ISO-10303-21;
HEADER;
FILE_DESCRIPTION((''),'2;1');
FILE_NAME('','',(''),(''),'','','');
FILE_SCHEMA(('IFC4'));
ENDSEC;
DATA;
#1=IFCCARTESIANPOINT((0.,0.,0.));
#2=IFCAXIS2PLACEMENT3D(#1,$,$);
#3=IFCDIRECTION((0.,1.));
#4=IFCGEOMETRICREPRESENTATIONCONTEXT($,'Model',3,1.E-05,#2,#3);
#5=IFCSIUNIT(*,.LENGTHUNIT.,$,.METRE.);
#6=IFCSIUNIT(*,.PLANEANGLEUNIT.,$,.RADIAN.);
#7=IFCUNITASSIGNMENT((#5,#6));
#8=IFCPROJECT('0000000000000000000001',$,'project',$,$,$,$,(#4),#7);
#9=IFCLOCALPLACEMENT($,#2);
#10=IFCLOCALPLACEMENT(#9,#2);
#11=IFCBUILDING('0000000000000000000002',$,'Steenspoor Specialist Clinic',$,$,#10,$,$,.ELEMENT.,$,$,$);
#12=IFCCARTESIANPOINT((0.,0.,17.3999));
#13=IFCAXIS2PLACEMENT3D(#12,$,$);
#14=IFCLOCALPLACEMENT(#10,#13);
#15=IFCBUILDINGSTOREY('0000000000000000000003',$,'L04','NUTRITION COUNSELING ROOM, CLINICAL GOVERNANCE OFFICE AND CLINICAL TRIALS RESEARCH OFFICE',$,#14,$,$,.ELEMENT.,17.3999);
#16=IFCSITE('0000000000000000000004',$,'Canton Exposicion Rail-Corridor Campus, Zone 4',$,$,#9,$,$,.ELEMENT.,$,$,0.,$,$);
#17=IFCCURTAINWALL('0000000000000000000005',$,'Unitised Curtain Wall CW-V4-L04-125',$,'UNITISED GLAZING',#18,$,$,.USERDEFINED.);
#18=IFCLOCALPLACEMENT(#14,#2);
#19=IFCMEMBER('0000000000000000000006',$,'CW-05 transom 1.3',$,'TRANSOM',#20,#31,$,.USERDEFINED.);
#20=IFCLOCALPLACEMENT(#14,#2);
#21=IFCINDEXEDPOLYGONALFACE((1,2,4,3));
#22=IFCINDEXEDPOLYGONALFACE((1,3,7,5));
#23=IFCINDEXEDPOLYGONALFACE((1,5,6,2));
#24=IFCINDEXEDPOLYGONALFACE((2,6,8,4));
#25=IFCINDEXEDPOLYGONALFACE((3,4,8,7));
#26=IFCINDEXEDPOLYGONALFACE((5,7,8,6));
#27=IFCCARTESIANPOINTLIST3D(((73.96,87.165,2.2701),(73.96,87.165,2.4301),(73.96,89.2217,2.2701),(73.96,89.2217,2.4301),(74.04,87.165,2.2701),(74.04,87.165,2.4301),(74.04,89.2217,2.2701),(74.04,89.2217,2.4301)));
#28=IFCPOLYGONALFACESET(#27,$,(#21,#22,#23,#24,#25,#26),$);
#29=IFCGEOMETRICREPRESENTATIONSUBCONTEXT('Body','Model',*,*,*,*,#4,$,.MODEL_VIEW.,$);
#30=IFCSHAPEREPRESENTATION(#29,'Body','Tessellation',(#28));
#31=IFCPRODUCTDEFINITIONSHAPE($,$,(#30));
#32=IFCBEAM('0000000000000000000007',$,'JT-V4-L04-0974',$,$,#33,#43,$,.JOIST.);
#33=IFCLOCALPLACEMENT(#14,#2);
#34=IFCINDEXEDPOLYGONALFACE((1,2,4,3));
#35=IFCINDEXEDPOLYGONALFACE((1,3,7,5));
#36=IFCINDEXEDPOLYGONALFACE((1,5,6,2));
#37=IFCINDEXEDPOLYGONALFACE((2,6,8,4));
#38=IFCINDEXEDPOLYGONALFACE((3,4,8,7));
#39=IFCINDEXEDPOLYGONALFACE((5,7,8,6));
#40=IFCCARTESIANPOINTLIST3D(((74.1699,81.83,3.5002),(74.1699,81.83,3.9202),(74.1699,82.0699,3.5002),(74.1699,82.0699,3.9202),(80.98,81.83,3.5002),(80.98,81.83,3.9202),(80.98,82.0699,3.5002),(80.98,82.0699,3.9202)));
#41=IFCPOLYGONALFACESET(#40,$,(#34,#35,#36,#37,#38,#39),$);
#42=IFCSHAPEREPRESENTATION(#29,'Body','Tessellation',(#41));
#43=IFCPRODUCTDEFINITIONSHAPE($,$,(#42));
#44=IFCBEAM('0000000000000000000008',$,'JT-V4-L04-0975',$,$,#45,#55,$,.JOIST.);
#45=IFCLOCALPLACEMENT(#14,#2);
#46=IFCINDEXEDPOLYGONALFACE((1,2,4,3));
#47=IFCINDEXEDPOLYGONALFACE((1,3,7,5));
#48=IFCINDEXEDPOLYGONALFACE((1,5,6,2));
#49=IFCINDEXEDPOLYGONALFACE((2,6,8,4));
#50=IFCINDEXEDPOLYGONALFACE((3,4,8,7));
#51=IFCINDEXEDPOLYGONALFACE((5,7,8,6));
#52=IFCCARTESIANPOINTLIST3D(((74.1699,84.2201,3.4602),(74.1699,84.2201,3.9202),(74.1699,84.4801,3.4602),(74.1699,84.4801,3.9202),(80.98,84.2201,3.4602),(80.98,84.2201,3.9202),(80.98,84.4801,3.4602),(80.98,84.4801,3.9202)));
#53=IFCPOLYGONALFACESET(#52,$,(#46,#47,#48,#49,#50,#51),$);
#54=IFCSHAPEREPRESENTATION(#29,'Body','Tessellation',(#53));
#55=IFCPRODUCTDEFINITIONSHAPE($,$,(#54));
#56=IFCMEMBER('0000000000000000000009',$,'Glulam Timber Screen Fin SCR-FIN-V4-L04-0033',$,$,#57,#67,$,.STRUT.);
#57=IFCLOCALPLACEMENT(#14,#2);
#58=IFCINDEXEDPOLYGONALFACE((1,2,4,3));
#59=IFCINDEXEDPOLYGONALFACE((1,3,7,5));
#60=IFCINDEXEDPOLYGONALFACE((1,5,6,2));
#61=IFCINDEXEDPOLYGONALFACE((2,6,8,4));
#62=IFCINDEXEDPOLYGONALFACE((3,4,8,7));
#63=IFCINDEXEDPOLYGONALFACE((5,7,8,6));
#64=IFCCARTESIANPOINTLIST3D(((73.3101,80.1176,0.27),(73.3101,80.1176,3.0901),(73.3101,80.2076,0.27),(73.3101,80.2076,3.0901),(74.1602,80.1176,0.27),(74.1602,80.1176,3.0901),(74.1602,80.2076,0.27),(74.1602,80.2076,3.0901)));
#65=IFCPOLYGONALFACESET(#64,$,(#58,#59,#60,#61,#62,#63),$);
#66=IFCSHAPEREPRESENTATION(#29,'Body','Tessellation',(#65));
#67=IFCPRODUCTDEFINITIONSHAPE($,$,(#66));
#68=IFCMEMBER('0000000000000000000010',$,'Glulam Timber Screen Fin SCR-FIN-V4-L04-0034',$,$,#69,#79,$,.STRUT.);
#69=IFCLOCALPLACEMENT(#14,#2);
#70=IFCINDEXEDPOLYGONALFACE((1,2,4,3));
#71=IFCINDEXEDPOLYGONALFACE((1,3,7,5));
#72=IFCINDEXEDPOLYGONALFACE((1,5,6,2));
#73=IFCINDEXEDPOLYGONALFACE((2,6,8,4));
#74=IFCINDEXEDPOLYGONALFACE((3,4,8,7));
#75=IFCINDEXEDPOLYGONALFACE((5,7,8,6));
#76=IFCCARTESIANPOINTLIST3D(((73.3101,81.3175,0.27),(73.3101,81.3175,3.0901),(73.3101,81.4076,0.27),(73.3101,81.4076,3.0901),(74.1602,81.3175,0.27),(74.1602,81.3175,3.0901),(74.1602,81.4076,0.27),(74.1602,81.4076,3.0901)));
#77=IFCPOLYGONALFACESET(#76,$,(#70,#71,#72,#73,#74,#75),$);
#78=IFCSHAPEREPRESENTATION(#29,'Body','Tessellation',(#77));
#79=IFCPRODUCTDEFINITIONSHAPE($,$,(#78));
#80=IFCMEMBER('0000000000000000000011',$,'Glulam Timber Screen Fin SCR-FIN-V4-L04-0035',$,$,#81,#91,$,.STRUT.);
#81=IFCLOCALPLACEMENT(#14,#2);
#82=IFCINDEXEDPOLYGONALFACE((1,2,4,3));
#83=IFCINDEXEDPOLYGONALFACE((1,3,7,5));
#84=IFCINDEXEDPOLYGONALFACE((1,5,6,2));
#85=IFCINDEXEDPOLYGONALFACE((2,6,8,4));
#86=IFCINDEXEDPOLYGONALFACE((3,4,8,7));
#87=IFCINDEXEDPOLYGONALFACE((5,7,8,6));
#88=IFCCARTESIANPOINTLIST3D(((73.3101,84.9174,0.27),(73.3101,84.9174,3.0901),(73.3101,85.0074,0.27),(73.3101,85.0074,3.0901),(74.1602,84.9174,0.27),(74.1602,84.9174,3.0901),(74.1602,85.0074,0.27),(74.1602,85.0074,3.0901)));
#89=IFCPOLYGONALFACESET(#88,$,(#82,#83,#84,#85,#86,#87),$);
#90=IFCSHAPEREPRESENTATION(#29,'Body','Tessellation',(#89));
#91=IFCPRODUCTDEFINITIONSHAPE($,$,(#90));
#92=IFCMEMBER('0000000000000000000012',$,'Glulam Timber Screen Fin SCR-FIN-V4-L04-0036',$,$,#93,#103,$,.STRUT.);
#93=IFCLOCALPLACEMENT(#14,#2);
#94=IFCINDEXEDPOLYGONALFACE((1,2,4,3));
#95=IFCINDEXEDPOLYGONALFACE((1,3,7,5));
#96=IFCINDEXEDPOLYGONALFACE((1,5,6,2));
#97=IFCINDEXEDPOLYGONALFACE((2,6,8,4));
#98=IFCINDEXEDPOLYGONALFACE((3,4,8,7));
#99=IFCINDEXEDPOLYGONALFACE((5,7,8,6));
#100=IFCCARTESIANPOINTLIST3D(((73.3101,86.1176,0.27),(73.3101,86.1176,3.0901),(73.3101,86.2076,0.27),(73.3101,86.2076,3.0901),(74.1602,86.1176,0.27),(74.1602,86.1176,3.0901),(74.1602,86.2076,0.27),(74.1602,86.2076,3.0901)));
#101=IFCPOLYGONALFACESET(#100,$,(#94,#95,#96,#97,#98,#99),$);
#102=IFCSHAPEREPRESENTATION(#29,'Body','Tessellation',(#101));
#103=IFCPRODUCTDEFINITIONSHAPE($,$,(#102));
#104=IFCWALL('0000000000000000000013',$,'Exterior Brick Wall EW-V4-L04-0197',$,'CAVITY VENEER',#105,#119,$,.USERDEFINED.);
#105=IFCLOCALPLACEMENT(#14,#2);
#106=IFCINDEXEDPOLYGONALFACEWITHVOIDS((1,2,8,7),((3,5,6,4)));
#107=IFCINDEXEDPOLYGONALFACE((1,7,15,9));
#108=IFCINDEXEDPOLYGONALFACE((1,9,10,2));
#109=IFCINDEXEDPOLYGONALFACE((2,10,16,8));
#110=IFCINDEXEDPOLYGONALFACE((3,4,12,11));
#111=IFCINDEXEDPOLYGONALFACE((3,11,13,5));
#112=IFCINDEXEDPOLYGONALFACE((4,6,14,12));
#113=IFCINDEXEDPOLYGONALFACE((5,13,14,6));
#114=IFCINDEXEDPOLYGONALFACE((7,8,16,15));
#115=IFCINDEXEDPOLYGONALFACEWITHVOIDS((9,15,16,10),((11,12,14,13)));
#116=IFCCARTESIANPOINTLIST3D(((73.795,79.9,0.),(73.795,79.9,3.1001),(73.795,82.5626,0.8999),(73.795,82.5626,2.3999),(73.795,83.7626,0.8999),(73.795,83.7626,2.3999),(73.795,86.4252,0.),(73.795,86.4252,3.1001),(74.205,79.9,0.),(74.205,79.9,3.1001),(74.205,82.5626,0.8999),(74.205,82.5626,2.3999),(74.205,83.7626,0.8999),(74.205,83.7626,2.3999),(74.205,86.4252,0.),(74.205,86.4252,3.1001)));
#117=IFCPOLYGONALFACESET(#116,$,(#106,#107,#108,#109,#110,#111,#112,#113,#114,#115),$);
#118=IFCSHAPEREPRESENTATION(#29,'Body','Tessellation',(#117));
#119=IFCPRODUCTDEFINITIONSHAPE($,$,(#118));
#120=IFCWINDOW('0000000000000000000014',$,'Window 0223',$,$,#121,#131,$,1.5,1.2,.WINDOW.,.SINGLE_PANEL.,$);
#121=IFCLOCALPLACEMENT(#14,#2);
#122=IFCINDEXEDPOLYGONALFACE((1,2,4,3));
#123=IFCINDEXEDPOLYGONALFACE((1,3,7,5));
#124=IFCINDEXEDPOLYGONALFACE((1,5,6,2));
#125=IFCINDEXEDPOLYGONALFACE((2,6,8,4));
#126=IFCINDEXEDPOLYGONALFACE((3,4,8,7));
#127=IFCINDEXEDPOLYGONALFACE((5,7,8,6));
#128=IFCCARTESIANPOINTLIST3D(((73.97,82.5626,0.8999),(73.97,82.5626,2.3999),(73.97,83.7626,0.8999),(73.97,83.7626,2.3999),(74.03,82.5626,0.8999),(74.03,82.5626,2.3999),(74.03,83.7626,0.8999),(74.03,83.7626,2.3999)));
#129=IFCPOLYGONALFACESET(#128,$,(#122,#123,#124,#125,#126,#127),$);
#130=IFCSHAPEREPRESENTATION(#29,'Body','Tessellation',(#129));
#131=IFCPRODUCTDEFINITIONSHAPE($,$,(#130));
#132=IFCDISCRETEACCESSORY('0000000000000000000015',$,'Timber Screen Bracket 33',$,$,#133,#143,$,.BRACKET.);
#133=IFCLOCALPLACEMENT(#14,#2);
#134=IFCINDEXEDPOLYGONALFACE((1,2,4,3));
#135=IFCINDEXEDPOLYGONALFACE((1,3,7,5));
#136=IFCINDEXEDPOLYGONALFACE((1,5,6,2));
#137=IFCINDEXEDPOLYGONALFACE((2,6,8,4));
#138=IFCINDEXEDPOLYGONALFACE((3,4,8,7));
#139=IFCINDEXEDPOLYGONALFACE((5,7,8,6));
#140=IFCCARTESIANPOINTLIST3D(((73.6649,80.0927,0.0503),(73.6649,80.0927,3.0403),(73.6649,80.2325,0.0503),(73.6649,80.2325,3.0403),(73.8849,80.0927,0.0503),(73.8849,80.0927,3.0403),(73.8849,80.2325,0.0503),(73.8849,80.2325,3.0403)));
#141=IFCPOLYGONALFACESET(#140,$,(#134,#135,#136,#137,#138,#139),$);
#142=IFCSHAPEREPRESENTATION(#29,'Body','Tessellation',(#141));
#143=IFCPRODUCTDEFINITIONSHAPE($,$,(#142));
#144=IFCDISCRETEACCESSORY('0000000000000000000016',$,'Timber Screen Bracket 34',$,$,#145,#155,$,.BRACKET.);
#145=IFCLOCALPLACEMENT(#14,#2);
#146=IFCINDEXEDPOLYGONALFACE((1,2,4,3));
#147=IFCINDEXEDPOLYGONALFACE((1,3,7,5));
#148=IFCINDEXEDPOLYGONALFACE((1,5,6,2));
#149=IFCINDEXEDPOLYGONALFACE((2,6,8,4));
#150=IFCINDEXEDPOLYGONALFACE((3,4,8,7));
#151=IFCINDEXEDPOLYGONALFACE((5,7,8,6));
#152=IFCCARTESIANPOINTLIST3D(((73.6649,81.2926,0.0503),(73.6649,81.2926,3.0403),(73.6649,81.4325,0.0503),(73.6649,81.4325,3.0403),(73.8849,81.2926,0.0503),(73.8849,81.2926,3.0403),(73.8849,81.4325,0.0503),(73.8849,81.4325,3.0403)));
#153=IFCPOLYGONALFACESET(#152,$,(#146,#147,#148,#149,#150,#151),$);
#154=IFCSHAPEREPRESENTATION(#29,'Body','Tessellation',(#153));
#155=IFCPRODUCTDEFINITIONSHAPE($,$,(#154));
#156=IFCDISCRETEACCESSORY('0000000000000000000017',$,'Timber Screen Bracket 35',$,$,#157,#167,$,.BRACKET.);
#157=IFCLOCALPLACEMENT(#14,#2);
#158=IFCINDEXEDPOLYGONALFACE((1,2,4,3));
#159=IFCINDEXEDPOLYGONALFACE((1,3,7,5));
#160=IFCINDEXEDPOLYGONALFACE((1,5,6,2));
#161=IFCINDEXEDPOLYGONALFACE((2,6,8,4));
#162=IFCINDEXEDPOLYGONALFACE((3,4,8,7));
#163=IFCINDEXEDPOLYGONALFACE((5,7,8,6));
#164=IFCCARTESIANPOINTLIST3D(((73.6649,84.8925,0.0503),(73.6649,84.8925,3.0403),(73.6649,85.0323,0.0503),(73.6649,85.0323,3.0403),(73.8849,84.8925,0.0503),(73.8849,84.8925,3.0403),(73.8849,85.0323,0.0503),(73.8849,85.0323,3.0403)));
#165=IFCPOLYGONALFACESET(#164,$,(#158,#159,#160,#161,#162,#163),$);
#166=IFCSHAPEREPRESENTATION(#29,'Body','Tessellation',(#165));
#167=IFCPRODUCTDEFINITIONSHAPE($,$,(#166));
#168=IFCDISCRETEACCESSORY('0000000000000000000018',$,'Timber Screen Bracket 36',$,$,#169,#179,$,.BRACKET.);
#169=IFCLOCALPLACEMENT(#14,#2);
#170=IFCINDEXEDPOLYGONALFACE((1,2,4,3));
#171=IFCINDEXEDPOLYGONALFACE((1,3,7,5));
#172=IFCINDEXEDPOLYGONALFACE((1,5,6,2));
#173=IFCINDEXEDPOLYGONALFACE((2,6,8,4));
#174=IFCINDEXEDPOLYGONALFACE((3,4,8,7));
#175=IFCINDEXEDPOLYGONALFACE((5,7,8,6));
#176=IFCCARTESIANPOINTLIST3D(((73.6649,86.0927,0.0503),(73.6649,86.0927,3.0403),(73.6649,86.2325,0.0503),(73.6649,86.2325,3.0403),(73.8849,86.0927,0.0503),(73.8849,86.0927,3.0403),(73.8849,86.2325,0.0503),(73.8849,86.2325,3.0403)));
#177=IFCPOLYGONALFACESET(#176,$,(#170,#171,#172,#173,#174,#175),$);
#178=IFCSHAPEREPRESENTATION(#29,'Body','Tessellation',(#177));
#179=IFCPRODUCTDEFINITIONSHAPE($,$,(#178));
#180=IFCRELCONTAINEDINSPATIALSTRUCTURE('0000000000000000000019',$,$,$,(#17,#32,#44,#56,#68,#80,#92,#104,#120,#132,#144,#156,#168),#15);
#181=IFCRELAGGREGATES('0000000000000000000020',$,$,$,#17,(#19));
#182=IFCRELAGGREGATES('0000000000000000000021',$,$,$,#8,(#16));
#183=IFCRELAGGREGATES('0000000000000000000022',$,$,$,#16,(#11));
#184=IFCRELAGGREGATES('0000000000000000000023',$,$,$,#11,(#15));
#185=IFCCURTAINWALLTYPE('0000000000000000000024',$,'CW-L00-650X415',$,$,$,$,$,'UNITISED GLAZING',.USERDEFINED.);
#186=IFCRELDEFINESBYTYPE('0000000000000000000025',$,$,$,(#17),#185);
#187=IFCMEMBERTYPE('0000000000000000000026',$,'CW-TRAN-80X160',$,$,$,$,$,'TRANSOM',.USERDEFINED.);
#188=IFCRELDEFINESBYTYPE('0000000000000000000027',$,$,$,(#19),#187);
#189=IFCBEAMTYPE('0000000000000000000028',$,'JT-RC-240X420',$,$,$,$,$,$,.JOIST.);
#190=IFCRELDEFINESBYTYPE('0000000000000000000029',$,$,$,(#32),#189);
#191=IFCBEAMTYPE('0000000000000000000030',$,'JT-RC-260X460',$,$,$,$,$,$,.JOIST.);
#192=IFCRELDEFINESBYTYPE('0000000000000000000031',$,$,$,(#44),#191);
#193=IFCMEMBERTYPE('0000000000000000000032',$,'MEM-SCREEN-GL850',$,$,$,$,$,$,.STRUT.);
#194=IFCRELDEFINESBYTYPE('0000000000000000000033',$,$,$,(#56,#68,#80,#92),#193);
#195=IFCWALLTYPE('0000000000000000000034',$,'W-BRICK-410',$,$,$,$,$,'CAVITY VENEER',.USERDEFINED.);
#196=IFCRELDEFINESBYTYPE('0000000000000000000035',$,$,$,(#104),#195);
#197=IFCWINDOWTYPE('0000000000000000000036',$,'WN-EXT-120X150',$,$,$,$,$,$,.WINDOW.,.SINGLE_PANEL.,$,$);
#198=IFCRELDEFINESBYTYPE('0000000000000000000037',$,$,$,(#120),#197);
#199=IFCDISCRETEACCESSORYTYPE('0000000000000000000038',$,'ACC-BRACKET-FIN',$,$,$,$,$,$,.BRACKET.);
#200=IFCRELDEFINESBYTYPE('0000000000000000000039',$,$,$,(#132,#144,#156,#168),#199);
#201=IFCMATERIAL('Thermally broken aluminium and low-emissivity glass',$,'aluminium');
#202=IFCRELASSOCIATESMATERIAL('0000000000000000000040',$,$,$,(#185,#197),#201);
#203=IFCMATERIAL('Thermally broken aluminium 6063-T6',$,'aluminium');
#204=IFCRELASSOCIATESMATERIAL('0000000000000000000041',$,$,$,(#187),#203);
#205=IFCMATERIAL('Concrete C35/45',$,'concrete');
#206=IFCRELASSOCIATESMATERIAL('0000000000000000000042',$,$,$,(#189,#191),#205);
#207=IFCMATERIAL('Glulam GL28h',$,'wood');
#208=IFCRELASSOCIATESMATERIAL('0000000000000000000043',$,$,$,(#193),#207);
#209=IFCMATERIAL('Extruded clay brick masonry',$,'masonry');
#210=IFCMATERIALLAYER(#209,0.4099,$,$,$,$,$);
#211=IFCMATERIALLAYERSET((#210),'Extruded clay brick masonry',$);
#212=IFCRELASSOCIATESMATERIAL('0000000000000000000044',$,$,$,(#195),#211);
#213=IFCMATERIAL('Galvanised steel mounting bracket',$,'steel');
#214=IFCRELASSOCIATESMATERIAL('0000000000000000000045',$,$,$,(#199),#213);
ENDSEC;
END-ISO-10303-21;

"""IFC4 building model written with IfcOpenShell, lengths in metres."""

from ifc_helpers import new_model, si_unit, direction, frame, frame_2d, origin, origin_2d, place, context, subcontext, project, spatial, rectangle, extrude, material, layer, layer_set, material_profile, profile_set, type_object, element, fill, aggregate, save


model = new_model("IFC4")

# Units and contexts
model_context = context("Model", 3, precision=1e-05, world=origin(), true_north=direction((0.0, 1.0)))
body_context = subcontext(model_context, "Body", "Model", "MODEL_VIEW")
ifc_project = project(units=[si_unit("LENGTHUNIT", "METRE"), si_unit("PLANEANGLEUNIT", "RADIAN")], contexts=[model_context])

# Site, building, storey
site_placement = place(None, origin())
site = spatial("IfcSite", under=ifc_project, at=site_placement, Name="Canton Exposicion Rail-Corridor Campus, Zone 4", CompositionType="ELEMENT", RefElevation=0.0)
building_placement = place(site_placement, origin())
building = spatial("IfcBuilding", under=site, at=building_placement, Name="Steenspoor Specialist Clinic", CompositionType="ELEMENT")
storey_placement = place(building_placement, frame((0.0, 0.0, 17.3999)))
storey = spatial("IfcBuildingStorey", under=building, at=storey_placement, Name="L04", Description="NUTRITION COUNSELING ROOM, CLINICAL GOVERNANCE OFFICE AND CLINICAL TRIALS RESEARCH OFFICE", CompositionType="ELEMENT", Elevation=17.3999)

# Shared definitions
ifc_material_1 = material(Name="Glulam GL28h", Category="wood")
ifc_material_2 = material(Name="Concrete C35/45", Category="concrete")

# Shared definitions
ifc_material_3 = material(Name="Thermally broken aluminium and low-emissivity glass", Category="aluminium")
ifc_material_4 = material(Name="Thermally broken aluminium 6063-T6", Category="aluminium")

# Curtain wall, member
curtain_wall_type_1 = type_object("IfcCurtainWallType", Name="CW-L00-650X415", ElementType="UNITISED GLAZING", PredefinedType="USERDEFINED", material=ifc_material_3)
curtain_wall_1_placement = place(storey_placement, origin())
curtain_wall_1 = element("IfcCurtainWall", 1, at=curtain_wall_1_placement, inside=storey, type_object=curtain_wall_type_1, Name="Unitised Curtain Wall CW-V4-L04-125", ObjectType="UNITISED GLAZING", PredefinedType="USERDEFINED")
ifc_material_profile_1 = material_profile(ifc_material_4, rectangle(XDim=0.0801, YDim=0.1599, at=origin_2d()), Name="CWT-80X160")
ifc_profile_set_1 = profile_set([ifc_material_profile_1], Name="Thermally broken aluminium 6063-T6")
member_type_1 = type_object("IfcMemberType", Name="CW-TRAN-80X160", ElementType="TRANSOM", PredefinedType="USERDEFINED", material=ifc_profile_set_1)
member_1_placement = place(storey_placement, frame((74.0, 87.165, 2.3501), z_axis=(0.0, 1.0, 0.0), x_axis=(-1.0, 0.0, 0.0)))
member_1 = element("IfcMember", 2, at=member_1_placement, type_object=member_type_1, Name="CW-05 transom 1.3", ObjectType="TRANSOM", PredefinedType="USERDEFINED", context=body_context, shape_type="SweptSolid", body=[
    extrude(rectangle(XDim=0.0801, YDim=0.1599, at=origin_2d()), origin(), (0.0, 0.0, 1.0), 2.0566),
])
aggregate(curtain_wall_1, [member_1])

# Beams
ifc_material_profile_2 = material_profile(ifc_material_2, rectangle(XDim=0.24, YDim=0.4199, at=origin_2d()), Name="RC-JT-240X420")
ifc_profile_set_2 = profile_set([ifc_material_profile_2], Name="Concrete C35/45")
beam_type_1 = type_object("IfcBeamType", Name="JT-RC-240X420", PredefinedType="JOIST", material=ifc_profile_set_2)
beam_1_placement = place(storey_placement, frame((74.1699, 81.95, 3.7102), z_axis=(1.0, 0.0, 0.0), x_axis=(0.0, 1.0, 0.0)))
element("IfcBeam", 3, at=beam_1_placement, inside=storey, type_object=beam_type_1, Name="JT-V4-L04-0974", PredefinedType="JOIST", context=body_context, shape_type="SweptSolid", body=[
    extrude(rectangle(XDim=0.24, YDim=0.4199, at=origin_2d()), origin(), (0.0, 0.0, 1.0), 6.8101),
])
ifc_material_profile_3 = material_profile(ifc_material_2, rectangle(XDim=0.26, YDim=0.46, at=origin_2d()), Name="RC-JT-260X460")
ifc_profile_set_3 = profile_set([ifc_material_profile_3], Name="Concrete C35/45")
beam_type_2 = type_object("IfcBeamType", Name="JT-RC-260X460", PredefinedType="JOIST", material=ifc_profile_set_3)
beam_2_placement = place(storey_placement, frame((74.1699, 84.3501, 3.6902), z_axis=(1.0, 0.0, 0.0), x_axis=(0.0, 1.0, 0.0)))
element("IfcBeam", 4, at=beam_2_placement, inside=storey, type_object=beam_type_2, Name="JT-V4-L04-0975", PredefinedType="JOIST", context=body_context, shape_type="SweptSolid", body=[
    extrude(rectangle(XDim=0.26, YDim=0.46, at=origin_2d()), origin(), (0.0, 0.0, 1.0), 6.8101),
])

# Members
ifc_material_profile_4 = material_profile(ifc_material_1, rectangle(XDim=0.0901, YDim=0.8501, at=origin_2d()), Name="GL28H-90X850")
ifc_profile_set_4 = profile_set([ifc_material_profile_4], Name="Glulam GL28h")
member_type_2 = type_object("IfcMemberType", Name="MEM-SCREEN-GL850", PredefinedType="STRUT", material=ifc_profile_set_4)
for number, where, z_axis, x_axis, name in (
    (5, (73.7351, 80.1626, 0.27), (0.0, 0.0, 1.0), (0.0, 1.0, 0.0), "Glulam Timber Screen Fin SCR-FIN-V4-L04-0033"),
    (6, (73.7351, 81.3625, 0.27), (0.0, 0.0, 1.0), (0.0, 1.0, 0.0), "Glulam Timber Screen Fin SCR-FIN-V4-L04-0034"),
    (7, (73.7351, 84.9624, 0.27), (0.0, 0.0, 1.0), (0.0, 1.0, 0.0), "Glulam Timber Screen Fin SCR-FIN-V4-L04-0035"),
    (8, (73.7351, 86.1626, 0.27), (0.0, 0.0, 1.0), (0.0, 1.0, 0.0), "Glulam Timber Screen Fin SCR-FIN-V4-L04-0036"),
):
    element("IfcMember", number, at=place(storey_placement, frame(where, z_axis=z_axis, x_axis=x_axis)), inside=storey, type_object=member_type_2, Name=name, PredefinedType="STRUT", context=body_context, shape_type="SweptSolid", body=[
        extrude(rectangle(XDim=0.0901, YDim=0.8501, at=origin_2d()), origin(), (0.0, 0.0, 1.0), 2.8201),
    ])

# Wall, opening, window
ifc_material_5 = material(Name="Extruded clay brick masonry", Category="masonry")
ifc_layer = layer(ifc_material_5, 0.4099)
ifc_layer_set = layer_set([ifc_layer], Name="Extruded clay brick masonry")
wall_type = type_object("IfcWallType", Name="W-BRICK-410", ElementType="CAVITY VENEER", PredefinedType="USERDEFINED", material=ifc_layer_set)
wall_placement = place(storey_placement, frame((74.0, 79.8999, 0.0), z_axis=(0.0, 0.0, 1.0), x_axis=(0.0, 1.0, 0.0)))
wall = element("IfcWall", 9, at=wall_placement, inside=storey, type_object=wall_type, Name="Exterior Brick Wall EW-V4-L04-0197", ObjectType="CAVITY VENEER", PredefinedType="USERDEFINED", context=body_context, shape_type="SweptSolid", body=[
    extrude(rectangle(XDim=6.5251, YDim=0.4099, at=frame_2d((3.2627, 0.0))), origin(), (0.0, 0.0, 1.0), 3.1001),
])
opening_placement = place(wall_placement, frame((2.6626, 0.0, 0.8999)))
opening = element("IfcOpeningElement", 10, at=opening_placement, cuts=wall, PredefinedType="OPENING", context=body_context, shape_type="SweptSolid", body=[
    extrude(rectangle(XDim=1.2, YDim=1.5, at=frame_2d((0.6001, 0.75))), frame((0.0, 0.2148, 0.0), z_axis=(0.0, -1.0, 0.0), x_axis=(1.0, 0.0, 0.0)), (0.0, 0.0, 1.0), 0.4299),
])
window_type = type_object("IfcWindowType", Name="WN-EXT-120X150", PartitioningType="SINGLE_PANEL", PredefinedType="WINDOW", material=ifc_material_3)
window_placement = place(opening_placement, origin())
window = element("IfcWindow", 11, at=window_placement, inside=storey, type_object=window_type, Name="Window 0223", OverallHeight=1.5, OverallWidth=1.2, PartitioningType="SINGLE_PANEL", PredefinedType="WINDOW", context=body_context, shape_type="SweptSolid", body=[
    extrude(rectangle(XDim=1.2, YDim=1.5, at=frame_2d((0.6001, 0.75))), frame((0.0, 0.03, 0.0), z_axis=(0.0, -1.0, 0.0), x_axis=(1.0, 0.0, 0.0)), (0.0, 0.0, 1.0), 0.0601),
])
fill(opening, window)

# Discrete accessories
ifc_material_6 = material(Name="Galvanised steel mounting bracket", Category="steel")
discrete_accessory_type = type_object("IfcDiscreteAccessoryType", Name="ACC-BRACKET-FIN", PredefinedType="BRACKET", material=ifc_material_6)
for number, where, z_axis, x_axis, name in (
    (12, (73.7749, 80.1626, 0.0503), (0.0, 0.0, 1.0), (-1.0, 0.0, 0.0), "Timber Screen Bracket 33"),
    (13, (73.7749, 81.3625, 0.0503), (0.0, 0.0, 1.0), (-1.0, 0.0, 0.0), "Timber Screen Bracket 34"),
    (14, (73.7749, 84.9624, 0.0503), (0.0, 0.0, 1.0), (-1.0, 0.0, 0.0), "Timber Screen Bracket 35"),
    (15, (73.7749, 86.1626, 0.0503), (0.0, 0.0, 1.0), (-1.0, 0.0, 0.0), "Timber Screen Bracket 36"),
):
    element("IfcDiscreteAccessory", number, at=place(storey_placement, frame(where, z_axis=z_axis, x_axis=x_axis)), inside=storey, type_object=discrete_accessory_type, Name=name, PredefinedType="BRACKET", context=body_context, shape_type="SweptSolid", body=[
        extrude(rectangle(XDim=0.22, YDim=0.1399, at=origin_2d()), origin(), (0.0, 0.0, 1.0), 2.99),
    ])

save(model, "model.ifc")
